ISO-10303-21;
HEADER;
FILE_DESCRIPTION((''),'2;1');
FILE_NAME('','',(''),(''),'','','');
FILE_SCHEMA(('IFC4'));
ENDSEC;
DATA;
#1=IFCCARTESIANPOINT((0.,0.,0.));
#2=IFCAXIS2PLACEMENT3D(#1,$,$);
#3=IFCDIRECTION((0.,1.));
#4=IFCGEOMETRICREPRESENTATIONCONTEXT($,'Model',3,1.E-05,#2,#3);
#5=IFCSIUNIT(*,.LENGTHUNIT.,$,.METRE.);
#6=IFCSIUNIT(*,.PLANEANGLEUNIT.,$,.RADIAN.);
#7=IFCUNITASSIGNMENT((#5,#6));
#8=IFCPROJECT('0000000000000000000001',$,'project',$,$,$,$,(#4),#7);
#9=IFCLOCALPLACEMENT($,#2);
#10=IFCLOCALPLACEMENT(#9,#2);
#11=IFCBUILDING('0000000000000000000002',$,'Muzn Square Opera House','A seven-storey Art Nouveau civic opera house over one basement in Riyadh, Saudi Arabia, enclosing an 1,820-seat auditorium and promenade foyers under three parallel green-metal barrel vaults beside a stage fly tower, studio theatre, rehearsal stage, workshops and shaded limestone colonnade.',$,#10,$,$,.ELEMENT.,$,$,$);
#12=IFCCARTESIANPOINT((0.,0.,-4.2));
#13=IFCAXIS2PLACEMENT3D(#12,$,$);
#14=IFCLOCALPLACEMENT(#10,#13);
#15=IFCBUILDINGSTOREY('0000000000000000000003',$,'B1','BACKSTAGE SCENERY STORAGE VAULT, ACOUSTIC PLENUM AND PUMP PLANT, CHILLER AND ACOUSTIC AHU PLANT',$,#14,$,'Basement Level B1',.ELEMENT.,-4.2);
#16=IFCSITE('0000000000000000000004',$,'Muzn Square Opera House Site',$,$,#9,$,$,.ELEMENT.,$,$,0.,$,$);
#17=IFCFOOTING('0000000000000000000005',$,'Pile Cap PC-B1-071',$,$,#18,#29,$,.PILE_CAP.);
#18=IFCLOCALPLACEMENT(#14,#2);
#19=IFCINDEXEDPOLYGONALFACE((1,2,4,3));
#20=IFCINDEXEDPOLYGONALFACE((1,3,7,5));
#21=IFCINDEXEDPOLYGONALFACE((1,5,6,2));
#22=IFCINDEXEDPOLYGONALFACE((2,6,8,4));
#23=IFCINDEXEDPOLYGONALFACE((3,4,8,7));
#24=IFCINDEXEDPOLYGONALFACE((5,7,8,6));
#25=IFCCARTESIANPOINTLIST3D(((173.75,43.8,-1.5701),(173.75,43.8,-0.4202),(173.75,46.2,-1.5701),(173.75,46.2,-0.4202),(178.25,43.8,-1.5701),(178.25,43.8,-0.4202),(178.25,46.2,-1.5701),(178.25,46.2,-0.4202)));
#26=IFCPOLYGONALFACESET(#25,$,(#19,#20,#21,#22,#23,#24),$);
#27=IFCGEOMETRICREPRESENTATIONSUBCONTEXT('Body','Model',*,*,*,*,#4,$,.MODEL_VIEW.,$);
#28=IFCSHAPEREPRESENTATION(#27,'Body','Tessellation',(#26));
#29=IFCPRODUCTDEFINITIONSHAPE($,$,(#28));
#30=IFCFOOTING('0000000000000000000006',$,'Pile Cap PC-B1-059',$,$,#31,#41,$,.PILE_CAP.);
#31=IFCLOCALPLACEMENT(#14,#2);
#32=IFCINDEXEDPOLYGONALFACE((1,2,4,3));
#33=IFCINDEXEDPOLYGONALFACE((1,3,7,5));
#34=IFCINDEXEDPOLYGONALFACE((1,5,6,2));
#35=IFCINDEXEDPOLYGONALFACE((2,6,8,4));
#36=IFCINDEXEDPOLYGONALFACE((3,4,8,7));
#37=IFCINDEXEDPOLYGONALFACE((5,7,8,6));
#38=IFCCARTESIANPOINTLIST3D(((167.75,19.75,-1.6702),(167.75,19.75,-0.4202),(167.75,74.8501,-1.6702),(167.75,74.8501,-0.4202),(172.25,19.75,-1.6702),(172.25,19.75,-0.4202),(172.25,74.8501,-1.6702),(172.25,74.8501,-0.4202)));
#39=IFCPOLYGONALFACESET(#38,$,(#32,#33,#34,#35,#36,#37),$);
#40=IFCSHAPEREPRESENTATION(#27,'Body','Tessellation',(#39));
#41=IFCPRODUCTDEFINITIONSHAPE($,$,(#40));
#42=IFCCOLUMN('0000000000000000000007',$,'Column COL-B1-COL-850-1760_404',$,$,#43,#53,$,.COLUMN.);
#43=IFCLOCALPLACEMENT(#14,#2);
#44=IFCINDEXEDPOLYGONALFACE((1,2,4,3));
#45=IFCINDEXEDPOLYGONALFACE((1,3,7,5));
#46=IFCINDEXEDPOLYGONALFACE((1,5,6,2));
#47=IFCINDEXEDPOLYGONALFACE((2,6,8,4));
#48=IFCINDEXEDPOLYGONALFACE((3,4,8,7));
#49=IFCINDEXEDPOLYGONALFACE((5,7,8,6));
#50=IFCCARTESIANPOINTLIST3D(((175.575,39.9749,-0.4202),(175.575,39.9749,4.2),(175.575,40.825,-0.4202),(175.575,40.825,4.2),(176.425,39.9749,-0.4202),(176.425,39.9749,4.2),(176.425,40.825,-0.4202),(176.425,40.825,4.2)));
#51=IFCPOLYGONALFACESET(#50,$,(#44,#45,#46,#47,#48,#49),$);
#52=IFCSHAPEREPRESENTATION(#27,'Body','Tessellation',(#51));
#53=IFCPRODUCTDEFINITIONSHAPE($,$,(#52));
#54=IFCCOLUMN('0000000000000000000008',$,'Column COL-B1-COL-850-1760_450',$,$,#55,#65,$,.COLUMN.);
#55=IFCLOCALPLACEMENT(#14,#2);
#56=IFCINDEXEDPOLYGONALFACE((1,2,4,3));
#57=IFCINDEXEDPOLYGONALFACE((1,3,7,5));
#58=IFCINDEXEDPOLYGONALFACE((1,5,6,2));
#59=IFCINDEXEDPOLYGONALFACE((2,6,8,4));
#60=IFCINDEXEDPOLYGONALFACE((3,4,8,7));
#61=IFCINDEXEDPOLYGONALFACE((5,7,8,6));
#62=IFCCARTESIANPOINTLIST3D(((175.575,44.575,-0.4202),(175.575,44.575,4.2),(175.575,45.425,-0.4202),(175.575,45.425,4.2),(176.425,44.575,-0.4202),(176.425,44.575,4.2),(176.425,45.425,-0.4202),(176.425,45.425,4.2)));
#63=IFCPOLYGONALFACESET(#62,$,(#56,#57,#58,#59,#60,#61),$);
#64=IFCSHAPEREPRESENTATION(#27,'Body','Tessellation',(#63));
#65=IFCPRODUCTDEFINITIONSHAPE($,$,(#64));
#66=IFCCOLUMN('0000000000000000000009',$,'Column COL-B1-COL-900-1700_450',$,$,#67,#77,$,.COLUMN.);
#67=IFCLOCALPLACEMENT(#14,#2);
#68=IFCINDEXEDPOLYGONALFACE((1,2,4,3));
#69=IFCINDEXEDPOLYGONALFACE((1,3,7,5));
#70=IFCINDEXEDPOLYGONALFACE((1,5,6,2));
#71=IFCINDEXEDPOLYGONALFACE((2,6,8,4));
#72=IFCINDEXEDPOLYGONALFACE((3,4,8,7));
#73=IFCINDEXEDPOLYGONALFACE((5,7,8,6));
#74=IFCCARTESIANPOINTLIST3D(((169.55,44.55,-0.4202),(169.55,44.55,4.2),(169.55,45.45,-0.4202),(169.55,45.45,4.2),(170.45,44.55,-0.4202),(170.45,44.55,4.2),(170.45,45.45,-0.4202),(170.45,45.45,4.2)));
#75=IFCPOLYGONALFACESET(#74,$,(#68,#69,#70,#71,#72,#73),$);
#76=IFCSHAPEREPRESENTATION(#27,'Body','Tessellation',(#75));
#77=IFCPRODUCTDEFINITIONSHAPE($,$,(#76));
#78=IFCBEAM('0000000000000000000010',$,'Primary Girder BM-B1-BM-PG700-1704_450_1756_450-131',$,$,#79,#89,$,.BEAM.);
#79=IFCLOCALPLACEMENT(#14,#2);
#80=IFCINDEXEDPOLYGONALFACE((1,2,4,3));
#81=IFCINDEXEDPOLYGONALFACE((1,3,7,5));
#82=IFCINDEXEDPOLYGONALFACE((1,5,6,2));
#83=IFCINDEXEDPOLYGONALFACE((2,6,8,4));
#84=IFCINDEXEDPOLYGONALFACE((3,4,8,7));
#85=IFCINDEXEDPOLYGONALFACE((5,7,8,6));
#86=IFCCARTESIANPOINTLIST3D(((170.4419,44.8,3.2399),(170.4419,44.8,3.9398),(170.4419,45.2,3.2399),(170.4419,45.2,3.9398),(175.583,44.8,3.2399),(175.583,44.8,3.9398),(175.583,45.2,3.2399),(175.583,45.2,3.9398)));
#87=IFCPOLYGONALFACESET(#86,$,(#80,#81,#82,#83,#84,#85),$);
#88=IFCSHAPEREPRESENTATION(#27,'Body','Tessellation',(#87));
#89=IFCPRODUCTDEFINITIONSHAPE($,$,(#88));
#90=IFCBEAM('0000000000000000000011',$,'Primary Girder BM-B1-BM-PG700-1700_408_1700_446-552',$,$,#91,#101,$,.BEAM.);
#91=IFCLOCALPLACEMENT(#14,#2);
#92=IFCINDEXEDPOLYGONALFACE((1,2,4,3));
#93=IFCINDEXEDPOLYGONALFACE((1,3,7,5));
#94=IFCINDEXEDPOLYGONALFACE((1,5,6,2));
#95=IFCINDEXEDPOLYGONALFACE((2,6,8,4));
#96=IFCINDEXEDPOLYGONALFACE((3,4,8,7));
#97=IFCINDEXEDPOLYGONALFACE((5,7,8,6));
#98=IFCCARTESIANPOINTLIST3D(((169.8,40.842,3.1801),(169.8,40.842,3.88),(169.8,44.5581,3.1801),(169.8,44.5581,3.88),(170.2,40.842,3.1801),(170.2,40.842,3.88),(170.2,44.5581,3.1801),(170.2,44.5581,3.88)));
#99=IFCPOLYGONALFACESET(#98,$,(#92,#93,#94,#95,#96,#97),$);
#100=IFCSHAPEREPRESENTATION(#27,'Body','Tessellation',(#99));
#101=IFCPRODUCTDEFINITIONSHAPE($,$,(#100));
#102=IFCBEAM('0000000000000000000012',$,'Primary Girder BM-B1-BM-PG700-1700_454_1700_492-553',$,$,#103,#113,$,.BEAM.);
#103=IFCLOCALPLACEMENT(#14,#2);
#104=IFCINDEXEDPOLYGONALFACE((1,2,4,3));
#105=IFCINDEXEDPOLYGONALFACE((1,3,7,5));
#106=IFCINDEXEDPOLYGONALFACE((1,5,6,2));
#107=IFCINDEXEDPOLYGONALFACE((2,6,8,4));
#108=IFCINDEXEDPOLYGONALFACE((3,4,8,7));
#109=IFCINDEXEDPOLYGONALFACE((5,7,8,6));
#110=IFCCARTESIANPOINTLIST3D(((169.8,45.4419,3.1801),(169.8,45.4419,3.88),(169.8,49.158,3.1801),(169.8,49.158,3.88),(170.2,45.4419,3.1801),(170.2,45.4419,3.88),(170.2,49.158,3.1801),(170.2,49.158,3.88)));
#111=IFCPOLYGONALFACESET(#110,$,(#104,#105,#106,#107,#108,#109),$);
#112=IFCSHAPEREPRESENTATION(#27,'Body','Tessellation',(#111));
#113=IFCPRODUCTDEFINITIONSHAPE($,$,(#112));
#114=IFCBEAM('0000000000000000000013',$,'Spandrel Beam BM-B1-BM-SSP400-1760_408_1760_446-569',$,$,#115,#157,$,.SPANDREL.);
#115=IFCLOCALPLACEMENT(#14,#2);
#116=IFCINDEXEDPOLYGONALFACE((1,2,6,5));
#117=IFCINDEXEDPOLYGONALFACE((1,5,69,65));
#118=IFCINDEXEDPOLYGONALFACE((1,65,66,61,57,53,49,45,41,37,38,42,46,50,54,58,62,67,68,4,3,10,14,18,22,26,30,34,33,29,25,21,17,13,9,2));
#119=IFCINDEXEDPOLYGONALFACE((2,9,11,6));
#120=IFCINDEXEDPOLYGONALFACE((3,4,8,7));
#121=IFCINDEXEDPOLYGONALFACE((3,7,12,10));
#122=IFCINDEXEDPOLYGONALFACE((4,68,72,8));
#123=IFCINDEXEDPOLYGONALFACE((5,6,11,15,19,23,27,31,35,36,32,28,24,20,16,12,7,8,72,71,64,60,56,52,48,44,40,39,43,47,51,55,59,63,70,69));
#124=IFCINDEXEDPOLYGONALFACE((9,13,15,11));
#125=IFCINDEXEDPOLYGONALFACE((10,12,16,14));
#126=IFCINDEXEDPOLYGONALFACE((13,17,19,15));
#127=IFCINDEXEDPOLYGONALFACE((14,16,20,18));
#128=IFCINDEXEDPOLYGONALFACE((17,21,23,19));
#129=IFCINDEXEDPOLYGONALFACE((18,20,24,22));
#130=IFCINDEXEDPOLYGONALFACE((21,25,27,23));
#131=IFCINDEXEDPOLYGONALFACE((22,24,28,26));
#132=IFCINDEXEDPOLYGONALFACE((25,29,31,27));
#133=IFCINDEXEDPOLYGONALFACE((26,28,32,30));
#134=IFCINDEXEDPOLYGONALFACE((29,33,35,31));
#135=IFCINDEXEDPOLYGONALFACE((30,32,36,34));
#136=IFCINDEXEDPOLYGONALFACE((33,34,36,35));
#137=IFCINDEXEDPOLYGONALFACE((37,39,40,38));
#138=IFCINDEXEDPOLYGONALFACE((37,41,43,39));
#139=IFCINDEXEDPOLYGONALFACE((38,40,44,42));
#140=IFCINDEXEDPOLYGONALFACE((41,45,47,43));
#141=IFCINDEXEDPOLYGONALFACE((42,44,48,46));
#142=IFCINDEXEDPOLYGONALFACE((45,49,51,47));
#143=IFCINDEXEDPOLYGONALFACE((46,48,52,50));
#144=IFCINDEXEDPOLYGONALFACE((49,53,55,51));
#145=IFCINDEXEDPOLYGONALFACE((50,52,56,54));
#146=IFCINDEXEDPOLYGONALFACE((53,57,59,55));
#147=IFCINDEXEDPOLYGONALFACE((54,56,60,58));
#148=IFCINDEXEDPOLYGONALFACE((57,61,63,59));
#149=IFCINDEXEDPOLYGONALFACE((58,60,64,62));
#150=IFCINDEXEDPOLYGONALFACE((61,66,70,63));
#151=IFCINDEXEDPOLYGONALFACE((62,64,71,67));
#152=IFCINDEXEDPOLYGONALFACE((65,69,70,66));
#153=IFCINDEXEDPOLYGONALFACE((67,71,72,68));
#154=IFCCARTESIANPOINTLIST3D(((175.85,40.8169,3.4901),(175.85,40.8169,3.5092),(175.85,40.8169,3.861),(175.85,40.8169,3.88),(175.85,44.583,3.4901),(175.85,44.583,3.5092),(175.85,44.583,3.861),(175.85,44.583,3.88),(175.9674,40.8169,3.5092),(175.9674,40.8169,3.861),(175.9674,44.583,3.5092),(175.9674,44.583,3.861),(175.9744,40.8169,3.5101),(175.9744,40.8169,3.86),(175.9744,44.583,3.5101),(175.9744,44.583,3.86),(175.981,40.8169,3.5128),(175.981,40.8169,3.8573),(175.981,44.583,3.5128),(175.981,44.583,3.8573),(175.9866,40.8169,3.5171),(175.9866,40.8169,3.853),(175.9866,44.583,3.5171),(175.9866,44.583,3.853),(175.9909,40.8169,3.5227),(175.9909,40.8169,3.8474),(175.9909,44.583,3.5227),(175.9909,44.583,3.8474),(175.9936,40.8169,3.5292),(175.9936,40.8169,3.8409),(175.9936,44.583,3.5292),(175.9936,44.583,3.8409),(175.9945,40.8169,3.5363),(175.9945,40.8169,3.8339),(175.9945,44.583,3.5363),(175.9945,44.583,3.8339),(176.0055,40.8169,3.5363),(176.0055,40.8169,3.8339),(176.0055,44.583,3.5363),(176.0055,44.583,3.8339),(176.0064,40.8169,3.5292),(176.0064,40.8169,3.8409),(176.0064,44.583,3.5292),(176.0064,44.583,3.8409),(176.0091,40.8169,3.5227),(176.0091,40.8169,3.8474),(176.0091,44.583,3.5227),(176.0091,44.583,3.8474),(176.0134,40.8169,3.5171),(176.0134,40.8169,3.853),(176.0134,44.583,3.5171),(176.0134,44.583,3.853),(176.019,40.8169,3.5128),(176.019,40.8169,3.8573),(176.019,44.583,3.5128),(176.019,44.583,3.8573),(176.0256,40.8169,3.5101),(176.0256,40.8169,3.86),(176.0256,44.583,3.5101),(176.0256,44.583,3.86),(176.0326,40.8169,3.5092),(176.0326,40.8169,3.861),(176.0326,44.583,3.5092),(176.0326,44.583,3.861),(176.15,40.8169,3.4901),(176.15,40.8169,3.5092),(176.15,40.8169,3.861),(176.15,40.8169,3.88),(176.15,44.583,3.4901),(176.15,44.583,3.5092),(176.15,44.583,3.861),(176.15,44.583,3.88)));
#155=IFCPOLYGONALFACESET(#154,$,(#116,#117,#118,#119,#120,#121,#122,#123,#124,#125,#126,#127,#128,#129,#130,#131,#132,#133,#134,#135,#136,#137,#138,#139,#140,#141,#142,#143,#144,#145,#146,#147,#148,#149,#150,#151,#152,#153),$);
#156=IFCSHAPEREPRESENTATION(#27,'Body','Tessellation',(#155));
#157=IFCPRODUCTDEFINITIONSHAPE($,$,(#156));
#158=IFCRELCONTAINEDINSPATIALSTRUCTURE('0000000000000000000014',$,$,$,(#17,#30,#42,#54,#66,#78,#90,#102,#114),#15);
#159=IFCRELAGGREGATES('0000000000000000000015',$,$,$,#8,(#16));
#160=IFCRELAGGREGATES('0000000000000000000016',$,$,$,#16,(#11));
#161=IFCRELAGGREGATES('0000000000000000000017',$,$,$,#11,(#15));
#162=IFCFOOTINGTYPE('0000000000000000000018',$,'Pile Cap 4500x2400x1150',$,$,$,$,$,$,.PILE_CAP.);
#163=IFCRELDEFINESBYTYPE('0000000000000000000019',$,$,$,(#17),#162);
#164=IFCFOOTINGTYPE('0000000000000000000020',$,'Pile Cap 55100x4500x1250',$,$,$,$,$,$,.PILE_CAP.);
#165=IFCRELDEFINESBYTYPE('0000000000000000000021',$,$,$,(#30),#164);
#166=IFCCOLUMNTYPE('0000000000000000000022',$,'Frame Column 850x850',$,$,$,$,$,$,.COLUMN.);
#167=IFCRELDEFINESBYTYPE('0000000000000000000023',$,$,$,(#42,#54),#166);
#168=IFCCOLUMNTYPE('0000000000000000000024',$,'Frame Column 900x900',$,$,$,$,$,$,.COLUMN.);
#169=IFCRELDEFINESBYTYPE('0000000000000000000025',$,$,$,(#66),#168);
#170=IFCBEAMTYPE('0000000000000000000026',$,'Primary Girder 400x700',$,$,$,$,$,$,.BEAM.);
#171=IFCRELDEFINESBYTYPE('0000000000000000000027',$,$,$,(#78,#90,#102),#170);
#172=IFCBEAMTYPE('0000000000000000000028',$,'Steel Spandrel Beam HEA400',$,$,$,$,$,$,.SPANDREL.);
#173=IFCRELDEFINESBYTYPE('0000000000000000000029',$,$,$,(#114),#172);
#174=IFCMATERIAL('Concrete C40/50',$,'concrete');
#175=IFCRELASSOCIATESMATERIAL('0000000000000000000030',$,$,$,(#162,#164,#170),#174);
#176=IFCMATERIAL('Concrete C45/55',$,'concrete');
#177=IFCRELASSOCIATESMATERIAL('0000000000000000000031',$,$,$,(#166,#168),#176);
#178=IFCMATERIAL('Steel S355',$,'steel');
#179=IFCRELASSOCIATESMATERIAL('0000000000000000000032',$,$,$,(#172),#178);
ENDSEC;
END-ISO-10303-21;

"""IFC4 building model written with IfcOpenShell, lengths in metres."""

from ifc_helpers import new_model, si_unit, direction, frame, origin, origin_2d, place, context, subcontext, project, spatial, rectangle, i_section, extrude, material, material_profile, profile_set, type_object, element, save


model = new_model("IFC4")

# Units and contexts
model_context = context("Model", 3, precision=1e-05, world=origin(), true_north=direction((0.0, 1.0)))
body_context = subcontext(model_context, "Body", "Model", "MODEL_VIEW")
ifc_project = project(units=[si_unit("LENGTHUNIT", "METRE"), si_unit("PLANEANGLEUNIT", "RADIAN")], contexts=[model_context])

# Site, building, storey
site_placement = place(None, origin())
site = spatial("IfcSite", under=ifc_project, at=site_placement, Name="Muzn Square Opera House Site", CompositionType="ELEMENT", RefElevation=0.0)
building_placement = place(site_placement, origin())
building = spatial("IfcBuilding", under=site, at=building_placement, Name="Muzn Square Opera House", Description="A seven-storey Art Nouveau civic opera house over one basement in Riyadh, Saudi Arabia, enclosing an 1,820-seat auditorium and promenade foyers under three parallel green-metal barrel vaults beside a stage fly tower, studio theatre, rehearsal stage, workshops and shaded limestone colonnade.", CompositionType="ELEMENT")
storey_placement = place(building_placement, frame((0.0, 0.0, -4.2)))
storey = spatial("IfcBuildingStorey", under=building, at=storey_placement, Name="B1", Description="BACKSTAGE SCENERY STORAGE VAULT, ACOUSTIC PLENUM AND PUMP PLANT, CHILLER AND ACOUSTIC AHU PLANT", LongName="Basement Level B1", CompositionType="ELEMENT", Elevation=-4.2)

# Shared definitions
ifc_material_1 = material(Name="Concrete C40/50", Category="concrete")

# Footings
footing_type_1 = type_object("IfcFootingType", Name="Pile Cap 4500x2400x1150", PredefinedType="PILE_CAP", material=ifc_material_1)
footing_1_placement = place(storey_placement, frame((176.0, 45.0, -1.5701), z_axis=(0.0, 0.0, 1.0), x_axis=(1.0, 0.0, 0.0)))
element("IfcFooting", 1, at=footing_1_placement, inside=storey, type_object=footing_type_1, Name="Pile Cap PC-B1-071", PredefinedType="PILE_CAP", context=body_context, shape_type="SweptSolid", body=[
    extrude(rectangle(XDim=4.5, YDim=2.3999, at=origin_2d()), origin(), (0.0, 0.0, 1.0), 1.1499),
])
footing_type_2 = type_object("IfcFootingType", Name="Pile Cap 55100x4500x1250", PredefinedType="PILE_CAP", material=ifc_material_1)
footing_2_placement = place(storey_placement, frame((170.0, 47.3, -1.6702), z_axis=(0.0, 0.0, 1.0), x_axis=(1.0, 0.0, 0.0)))
element("IfcFooting", 2, at=footing_2_placement, inside=storey, type_object=footing_type_2, Name="Pile Cap PC-B1-059", PredefinedType="PILE_CAP", context=body_context, shape_type="SweptSolid", body=[
    extrude(rectangle(XDim=4.5, YDim=55.1001, at=origin_2d()), origin(), (0.0, 0.0, 1.0), 1.25),
])

# Columns
ifc_material_2 = material(Name="Concrete C45/55", Category="concrete")
ifc_material_profile_1 = material_profile(ifc_material_2, rectangle(XDim=0.8501, YDim=0.8501, at=origin_2d()), Name="RC 850x850", Category="concrete")
ifc_profile_set_1 = profile_set([ifc_material_profile_1], Name="Concrete C45/55")
column_type_1 = type_object("IfcColumnType", Name="Frame Column 850x850", PredefinedType="COLUMN", material=ifc_profile_set_1)
for number, where, z_axis, x_axis, name in (
    (3, (176.0, 40.3999, -0.4202), (0.0, 0.0, 1.0), (1.0, 0.0, 0.0), "Column COL-B1-COL-850-1760_404"),
    (4, (176.0, 45.0, -0.4202), (0.0, 0.0, 1.0), (1.0, 0.0, 0.0), "Column COL-B1-COL-850-1760_450"),
):
    element("IfcColumn", number, at=place(storey_placement, frame(where, z_axis=z_axis, x_axis=x_axis)), inside=storey, type_object=column_type_1, Name=name, PredefinedType="COLUMN", context=body_context, shape_type="SweptSolid", body=[
        extrude(rectangle(XDim=0.8501, YDim=0.8501, at=origin_2d()), origin(), (0.0, 0.0, 1.0), 4.6201),
    ])
ifc_material_profile_2 = material_profile(ifc_material_2, rectangle(XDim=0.8999, YDim=0.8999, at=origin_2d()), Name="RC 900x900", Category="concrete")
ifc_profile_set_2 = profile_set([ifc_material_profile_2], Name="Concrete C45/55")
column_type_2 = type_object("IfcColumnType", Name="Frame Column 900x900", PredefinedType="COLUMN", material=ifc_profile_set_2)
column_placement = place(storey_placement, frame((170.0, 45.0, -0.4202), z_axis=(0.0, 0.0, 1.0), x_axis=(1.0, 0.0, 0.0)))
element("IfcColumn", 5, at=column_placement, inside=storey, type_object=column_type_2, Name="Column COL-B1-COL-900-1700_450", PredefinedType="COLUMN", context=body_context, shape_type="SweptSolid", body=[
    extrude(rectangle(XDim=0.8999, YDim=0.8999, at=origin_2d()), origin(), (0.0, 0.0, 1.0), 4.6201),
])

# Beams
ifc_material_profile_3 = material_profile(ifc_material_1, rectangle(XDim=0.3999, YDim=0.7, at=origin_2d()), Name="RCB 400x700", Category="concrete")
ifc_profile_set_3 = profile_set([ifc_material_profile_3], Name="Concrete C40/50")
beam_type_1 = type_object("IfcBeamType", Name="Primary Girder 400x700", PredefinedType="BEAM", material=ifc_profile_set_3)
beam_placement = place(storey_placement, frame((170.4419, 45.0, 3.5898), z_axis=(1.0, 0.0, 0.0), x_axis=(0.0, 1.0, 0.0)))
element("IfcBeam", 6, at=beam_placement, inside=storey, type_object=beam_type_1, Name="Primary Girder BM-B1-BM-PG700-1704_450_1756_450-131", PredefinedType="BEAM", context=body_context, shape_type="SweptSolid", body=[
    extrude(rectangle(XDim=0.3999, YDim=0.7, at=origin_2d()), origin(), (0.0, 0.0, 1.0), 5.1411),
])
for number, where, z_axis, x_axis, name in (
    (7, (170.0, 40.842, 3.53), (0.0, 1.0, 0.0), (-1.0, 0.0, 0.0), "Primary Girder BM-B1-BM-PG700-1700_408_1700_446-552"),
    (8, (170.0, 45.4419, 3.53), (0.0, 1.0, 0.0), (-1.0, 0.0, 0.0), "Primary Girder BM-B1-BM-PG700-1700_454_1700_492-553"),
):
    element("IfcBeam", number, at=place(storey_placement, frame(where, z_axis=z_axis, x_axis=x_axis)), inside=storey, type_object=beam_type_1, Name=name, PredefinedType="BEAM", context=body_context, shape_type="SweptSolid", body=[
        extrude(rectangle(XDim=0.3999, YDim=0.7, at=origin_2d()), origin(), (0.0, 0.0, 1.0), 3.7161),
    ])
ifc_material_3 = material(Name="Steel S355", Category="steel")
ifc_material_profile_4 = material_profile(ifc_material_3, i_section(OverallWidth=0.3, OverallDepth=0.3899, WebThickness=0.011, FlangeThickness=0.019, FilletRadius=0.0271, at=origin_2d()), Name="HEA 400", Category="steel")
ifc_profile_set_4 = profile_set([ifc_material_profile_4], Name="Steel S355")
beam_type_2 = type_object("IfcBeamType", Name="Steel Spandrel Beam HEA400", PredefinedType="SPANDREL", material=ifc_profile_set_4)
for number, where, z_axis, x_axis, name in (
    (9, (176.0, 40.8169, 3.6851), (0.0, 1.0, 0.0), (-1.0, 0.0, 0.0), "Spandrel Beam BM-B1-BM-SSP400-1760_408_1760_446-569"),
):
    element("IfcBeam", number, at=place(storey_placement, frame(where, z_axis=z_axis, x_axis=x_axis)), inside=storey, type_object=beam_type_2, Name=name, PredefinedType="SPANDREL", context=body_context, shape_type="SweptSolid", body=[
        extrude(i_section(OverallWidth=0.3, OverallDepth=0.3899, WebThickness=0.011, FlangeThickness=0.019, FilletRadius=0.0271, at=origin_2d()), origin(), (0.0, 0.0, 1.0), 3.7661),
    ])

save(model, "model.ifc")
